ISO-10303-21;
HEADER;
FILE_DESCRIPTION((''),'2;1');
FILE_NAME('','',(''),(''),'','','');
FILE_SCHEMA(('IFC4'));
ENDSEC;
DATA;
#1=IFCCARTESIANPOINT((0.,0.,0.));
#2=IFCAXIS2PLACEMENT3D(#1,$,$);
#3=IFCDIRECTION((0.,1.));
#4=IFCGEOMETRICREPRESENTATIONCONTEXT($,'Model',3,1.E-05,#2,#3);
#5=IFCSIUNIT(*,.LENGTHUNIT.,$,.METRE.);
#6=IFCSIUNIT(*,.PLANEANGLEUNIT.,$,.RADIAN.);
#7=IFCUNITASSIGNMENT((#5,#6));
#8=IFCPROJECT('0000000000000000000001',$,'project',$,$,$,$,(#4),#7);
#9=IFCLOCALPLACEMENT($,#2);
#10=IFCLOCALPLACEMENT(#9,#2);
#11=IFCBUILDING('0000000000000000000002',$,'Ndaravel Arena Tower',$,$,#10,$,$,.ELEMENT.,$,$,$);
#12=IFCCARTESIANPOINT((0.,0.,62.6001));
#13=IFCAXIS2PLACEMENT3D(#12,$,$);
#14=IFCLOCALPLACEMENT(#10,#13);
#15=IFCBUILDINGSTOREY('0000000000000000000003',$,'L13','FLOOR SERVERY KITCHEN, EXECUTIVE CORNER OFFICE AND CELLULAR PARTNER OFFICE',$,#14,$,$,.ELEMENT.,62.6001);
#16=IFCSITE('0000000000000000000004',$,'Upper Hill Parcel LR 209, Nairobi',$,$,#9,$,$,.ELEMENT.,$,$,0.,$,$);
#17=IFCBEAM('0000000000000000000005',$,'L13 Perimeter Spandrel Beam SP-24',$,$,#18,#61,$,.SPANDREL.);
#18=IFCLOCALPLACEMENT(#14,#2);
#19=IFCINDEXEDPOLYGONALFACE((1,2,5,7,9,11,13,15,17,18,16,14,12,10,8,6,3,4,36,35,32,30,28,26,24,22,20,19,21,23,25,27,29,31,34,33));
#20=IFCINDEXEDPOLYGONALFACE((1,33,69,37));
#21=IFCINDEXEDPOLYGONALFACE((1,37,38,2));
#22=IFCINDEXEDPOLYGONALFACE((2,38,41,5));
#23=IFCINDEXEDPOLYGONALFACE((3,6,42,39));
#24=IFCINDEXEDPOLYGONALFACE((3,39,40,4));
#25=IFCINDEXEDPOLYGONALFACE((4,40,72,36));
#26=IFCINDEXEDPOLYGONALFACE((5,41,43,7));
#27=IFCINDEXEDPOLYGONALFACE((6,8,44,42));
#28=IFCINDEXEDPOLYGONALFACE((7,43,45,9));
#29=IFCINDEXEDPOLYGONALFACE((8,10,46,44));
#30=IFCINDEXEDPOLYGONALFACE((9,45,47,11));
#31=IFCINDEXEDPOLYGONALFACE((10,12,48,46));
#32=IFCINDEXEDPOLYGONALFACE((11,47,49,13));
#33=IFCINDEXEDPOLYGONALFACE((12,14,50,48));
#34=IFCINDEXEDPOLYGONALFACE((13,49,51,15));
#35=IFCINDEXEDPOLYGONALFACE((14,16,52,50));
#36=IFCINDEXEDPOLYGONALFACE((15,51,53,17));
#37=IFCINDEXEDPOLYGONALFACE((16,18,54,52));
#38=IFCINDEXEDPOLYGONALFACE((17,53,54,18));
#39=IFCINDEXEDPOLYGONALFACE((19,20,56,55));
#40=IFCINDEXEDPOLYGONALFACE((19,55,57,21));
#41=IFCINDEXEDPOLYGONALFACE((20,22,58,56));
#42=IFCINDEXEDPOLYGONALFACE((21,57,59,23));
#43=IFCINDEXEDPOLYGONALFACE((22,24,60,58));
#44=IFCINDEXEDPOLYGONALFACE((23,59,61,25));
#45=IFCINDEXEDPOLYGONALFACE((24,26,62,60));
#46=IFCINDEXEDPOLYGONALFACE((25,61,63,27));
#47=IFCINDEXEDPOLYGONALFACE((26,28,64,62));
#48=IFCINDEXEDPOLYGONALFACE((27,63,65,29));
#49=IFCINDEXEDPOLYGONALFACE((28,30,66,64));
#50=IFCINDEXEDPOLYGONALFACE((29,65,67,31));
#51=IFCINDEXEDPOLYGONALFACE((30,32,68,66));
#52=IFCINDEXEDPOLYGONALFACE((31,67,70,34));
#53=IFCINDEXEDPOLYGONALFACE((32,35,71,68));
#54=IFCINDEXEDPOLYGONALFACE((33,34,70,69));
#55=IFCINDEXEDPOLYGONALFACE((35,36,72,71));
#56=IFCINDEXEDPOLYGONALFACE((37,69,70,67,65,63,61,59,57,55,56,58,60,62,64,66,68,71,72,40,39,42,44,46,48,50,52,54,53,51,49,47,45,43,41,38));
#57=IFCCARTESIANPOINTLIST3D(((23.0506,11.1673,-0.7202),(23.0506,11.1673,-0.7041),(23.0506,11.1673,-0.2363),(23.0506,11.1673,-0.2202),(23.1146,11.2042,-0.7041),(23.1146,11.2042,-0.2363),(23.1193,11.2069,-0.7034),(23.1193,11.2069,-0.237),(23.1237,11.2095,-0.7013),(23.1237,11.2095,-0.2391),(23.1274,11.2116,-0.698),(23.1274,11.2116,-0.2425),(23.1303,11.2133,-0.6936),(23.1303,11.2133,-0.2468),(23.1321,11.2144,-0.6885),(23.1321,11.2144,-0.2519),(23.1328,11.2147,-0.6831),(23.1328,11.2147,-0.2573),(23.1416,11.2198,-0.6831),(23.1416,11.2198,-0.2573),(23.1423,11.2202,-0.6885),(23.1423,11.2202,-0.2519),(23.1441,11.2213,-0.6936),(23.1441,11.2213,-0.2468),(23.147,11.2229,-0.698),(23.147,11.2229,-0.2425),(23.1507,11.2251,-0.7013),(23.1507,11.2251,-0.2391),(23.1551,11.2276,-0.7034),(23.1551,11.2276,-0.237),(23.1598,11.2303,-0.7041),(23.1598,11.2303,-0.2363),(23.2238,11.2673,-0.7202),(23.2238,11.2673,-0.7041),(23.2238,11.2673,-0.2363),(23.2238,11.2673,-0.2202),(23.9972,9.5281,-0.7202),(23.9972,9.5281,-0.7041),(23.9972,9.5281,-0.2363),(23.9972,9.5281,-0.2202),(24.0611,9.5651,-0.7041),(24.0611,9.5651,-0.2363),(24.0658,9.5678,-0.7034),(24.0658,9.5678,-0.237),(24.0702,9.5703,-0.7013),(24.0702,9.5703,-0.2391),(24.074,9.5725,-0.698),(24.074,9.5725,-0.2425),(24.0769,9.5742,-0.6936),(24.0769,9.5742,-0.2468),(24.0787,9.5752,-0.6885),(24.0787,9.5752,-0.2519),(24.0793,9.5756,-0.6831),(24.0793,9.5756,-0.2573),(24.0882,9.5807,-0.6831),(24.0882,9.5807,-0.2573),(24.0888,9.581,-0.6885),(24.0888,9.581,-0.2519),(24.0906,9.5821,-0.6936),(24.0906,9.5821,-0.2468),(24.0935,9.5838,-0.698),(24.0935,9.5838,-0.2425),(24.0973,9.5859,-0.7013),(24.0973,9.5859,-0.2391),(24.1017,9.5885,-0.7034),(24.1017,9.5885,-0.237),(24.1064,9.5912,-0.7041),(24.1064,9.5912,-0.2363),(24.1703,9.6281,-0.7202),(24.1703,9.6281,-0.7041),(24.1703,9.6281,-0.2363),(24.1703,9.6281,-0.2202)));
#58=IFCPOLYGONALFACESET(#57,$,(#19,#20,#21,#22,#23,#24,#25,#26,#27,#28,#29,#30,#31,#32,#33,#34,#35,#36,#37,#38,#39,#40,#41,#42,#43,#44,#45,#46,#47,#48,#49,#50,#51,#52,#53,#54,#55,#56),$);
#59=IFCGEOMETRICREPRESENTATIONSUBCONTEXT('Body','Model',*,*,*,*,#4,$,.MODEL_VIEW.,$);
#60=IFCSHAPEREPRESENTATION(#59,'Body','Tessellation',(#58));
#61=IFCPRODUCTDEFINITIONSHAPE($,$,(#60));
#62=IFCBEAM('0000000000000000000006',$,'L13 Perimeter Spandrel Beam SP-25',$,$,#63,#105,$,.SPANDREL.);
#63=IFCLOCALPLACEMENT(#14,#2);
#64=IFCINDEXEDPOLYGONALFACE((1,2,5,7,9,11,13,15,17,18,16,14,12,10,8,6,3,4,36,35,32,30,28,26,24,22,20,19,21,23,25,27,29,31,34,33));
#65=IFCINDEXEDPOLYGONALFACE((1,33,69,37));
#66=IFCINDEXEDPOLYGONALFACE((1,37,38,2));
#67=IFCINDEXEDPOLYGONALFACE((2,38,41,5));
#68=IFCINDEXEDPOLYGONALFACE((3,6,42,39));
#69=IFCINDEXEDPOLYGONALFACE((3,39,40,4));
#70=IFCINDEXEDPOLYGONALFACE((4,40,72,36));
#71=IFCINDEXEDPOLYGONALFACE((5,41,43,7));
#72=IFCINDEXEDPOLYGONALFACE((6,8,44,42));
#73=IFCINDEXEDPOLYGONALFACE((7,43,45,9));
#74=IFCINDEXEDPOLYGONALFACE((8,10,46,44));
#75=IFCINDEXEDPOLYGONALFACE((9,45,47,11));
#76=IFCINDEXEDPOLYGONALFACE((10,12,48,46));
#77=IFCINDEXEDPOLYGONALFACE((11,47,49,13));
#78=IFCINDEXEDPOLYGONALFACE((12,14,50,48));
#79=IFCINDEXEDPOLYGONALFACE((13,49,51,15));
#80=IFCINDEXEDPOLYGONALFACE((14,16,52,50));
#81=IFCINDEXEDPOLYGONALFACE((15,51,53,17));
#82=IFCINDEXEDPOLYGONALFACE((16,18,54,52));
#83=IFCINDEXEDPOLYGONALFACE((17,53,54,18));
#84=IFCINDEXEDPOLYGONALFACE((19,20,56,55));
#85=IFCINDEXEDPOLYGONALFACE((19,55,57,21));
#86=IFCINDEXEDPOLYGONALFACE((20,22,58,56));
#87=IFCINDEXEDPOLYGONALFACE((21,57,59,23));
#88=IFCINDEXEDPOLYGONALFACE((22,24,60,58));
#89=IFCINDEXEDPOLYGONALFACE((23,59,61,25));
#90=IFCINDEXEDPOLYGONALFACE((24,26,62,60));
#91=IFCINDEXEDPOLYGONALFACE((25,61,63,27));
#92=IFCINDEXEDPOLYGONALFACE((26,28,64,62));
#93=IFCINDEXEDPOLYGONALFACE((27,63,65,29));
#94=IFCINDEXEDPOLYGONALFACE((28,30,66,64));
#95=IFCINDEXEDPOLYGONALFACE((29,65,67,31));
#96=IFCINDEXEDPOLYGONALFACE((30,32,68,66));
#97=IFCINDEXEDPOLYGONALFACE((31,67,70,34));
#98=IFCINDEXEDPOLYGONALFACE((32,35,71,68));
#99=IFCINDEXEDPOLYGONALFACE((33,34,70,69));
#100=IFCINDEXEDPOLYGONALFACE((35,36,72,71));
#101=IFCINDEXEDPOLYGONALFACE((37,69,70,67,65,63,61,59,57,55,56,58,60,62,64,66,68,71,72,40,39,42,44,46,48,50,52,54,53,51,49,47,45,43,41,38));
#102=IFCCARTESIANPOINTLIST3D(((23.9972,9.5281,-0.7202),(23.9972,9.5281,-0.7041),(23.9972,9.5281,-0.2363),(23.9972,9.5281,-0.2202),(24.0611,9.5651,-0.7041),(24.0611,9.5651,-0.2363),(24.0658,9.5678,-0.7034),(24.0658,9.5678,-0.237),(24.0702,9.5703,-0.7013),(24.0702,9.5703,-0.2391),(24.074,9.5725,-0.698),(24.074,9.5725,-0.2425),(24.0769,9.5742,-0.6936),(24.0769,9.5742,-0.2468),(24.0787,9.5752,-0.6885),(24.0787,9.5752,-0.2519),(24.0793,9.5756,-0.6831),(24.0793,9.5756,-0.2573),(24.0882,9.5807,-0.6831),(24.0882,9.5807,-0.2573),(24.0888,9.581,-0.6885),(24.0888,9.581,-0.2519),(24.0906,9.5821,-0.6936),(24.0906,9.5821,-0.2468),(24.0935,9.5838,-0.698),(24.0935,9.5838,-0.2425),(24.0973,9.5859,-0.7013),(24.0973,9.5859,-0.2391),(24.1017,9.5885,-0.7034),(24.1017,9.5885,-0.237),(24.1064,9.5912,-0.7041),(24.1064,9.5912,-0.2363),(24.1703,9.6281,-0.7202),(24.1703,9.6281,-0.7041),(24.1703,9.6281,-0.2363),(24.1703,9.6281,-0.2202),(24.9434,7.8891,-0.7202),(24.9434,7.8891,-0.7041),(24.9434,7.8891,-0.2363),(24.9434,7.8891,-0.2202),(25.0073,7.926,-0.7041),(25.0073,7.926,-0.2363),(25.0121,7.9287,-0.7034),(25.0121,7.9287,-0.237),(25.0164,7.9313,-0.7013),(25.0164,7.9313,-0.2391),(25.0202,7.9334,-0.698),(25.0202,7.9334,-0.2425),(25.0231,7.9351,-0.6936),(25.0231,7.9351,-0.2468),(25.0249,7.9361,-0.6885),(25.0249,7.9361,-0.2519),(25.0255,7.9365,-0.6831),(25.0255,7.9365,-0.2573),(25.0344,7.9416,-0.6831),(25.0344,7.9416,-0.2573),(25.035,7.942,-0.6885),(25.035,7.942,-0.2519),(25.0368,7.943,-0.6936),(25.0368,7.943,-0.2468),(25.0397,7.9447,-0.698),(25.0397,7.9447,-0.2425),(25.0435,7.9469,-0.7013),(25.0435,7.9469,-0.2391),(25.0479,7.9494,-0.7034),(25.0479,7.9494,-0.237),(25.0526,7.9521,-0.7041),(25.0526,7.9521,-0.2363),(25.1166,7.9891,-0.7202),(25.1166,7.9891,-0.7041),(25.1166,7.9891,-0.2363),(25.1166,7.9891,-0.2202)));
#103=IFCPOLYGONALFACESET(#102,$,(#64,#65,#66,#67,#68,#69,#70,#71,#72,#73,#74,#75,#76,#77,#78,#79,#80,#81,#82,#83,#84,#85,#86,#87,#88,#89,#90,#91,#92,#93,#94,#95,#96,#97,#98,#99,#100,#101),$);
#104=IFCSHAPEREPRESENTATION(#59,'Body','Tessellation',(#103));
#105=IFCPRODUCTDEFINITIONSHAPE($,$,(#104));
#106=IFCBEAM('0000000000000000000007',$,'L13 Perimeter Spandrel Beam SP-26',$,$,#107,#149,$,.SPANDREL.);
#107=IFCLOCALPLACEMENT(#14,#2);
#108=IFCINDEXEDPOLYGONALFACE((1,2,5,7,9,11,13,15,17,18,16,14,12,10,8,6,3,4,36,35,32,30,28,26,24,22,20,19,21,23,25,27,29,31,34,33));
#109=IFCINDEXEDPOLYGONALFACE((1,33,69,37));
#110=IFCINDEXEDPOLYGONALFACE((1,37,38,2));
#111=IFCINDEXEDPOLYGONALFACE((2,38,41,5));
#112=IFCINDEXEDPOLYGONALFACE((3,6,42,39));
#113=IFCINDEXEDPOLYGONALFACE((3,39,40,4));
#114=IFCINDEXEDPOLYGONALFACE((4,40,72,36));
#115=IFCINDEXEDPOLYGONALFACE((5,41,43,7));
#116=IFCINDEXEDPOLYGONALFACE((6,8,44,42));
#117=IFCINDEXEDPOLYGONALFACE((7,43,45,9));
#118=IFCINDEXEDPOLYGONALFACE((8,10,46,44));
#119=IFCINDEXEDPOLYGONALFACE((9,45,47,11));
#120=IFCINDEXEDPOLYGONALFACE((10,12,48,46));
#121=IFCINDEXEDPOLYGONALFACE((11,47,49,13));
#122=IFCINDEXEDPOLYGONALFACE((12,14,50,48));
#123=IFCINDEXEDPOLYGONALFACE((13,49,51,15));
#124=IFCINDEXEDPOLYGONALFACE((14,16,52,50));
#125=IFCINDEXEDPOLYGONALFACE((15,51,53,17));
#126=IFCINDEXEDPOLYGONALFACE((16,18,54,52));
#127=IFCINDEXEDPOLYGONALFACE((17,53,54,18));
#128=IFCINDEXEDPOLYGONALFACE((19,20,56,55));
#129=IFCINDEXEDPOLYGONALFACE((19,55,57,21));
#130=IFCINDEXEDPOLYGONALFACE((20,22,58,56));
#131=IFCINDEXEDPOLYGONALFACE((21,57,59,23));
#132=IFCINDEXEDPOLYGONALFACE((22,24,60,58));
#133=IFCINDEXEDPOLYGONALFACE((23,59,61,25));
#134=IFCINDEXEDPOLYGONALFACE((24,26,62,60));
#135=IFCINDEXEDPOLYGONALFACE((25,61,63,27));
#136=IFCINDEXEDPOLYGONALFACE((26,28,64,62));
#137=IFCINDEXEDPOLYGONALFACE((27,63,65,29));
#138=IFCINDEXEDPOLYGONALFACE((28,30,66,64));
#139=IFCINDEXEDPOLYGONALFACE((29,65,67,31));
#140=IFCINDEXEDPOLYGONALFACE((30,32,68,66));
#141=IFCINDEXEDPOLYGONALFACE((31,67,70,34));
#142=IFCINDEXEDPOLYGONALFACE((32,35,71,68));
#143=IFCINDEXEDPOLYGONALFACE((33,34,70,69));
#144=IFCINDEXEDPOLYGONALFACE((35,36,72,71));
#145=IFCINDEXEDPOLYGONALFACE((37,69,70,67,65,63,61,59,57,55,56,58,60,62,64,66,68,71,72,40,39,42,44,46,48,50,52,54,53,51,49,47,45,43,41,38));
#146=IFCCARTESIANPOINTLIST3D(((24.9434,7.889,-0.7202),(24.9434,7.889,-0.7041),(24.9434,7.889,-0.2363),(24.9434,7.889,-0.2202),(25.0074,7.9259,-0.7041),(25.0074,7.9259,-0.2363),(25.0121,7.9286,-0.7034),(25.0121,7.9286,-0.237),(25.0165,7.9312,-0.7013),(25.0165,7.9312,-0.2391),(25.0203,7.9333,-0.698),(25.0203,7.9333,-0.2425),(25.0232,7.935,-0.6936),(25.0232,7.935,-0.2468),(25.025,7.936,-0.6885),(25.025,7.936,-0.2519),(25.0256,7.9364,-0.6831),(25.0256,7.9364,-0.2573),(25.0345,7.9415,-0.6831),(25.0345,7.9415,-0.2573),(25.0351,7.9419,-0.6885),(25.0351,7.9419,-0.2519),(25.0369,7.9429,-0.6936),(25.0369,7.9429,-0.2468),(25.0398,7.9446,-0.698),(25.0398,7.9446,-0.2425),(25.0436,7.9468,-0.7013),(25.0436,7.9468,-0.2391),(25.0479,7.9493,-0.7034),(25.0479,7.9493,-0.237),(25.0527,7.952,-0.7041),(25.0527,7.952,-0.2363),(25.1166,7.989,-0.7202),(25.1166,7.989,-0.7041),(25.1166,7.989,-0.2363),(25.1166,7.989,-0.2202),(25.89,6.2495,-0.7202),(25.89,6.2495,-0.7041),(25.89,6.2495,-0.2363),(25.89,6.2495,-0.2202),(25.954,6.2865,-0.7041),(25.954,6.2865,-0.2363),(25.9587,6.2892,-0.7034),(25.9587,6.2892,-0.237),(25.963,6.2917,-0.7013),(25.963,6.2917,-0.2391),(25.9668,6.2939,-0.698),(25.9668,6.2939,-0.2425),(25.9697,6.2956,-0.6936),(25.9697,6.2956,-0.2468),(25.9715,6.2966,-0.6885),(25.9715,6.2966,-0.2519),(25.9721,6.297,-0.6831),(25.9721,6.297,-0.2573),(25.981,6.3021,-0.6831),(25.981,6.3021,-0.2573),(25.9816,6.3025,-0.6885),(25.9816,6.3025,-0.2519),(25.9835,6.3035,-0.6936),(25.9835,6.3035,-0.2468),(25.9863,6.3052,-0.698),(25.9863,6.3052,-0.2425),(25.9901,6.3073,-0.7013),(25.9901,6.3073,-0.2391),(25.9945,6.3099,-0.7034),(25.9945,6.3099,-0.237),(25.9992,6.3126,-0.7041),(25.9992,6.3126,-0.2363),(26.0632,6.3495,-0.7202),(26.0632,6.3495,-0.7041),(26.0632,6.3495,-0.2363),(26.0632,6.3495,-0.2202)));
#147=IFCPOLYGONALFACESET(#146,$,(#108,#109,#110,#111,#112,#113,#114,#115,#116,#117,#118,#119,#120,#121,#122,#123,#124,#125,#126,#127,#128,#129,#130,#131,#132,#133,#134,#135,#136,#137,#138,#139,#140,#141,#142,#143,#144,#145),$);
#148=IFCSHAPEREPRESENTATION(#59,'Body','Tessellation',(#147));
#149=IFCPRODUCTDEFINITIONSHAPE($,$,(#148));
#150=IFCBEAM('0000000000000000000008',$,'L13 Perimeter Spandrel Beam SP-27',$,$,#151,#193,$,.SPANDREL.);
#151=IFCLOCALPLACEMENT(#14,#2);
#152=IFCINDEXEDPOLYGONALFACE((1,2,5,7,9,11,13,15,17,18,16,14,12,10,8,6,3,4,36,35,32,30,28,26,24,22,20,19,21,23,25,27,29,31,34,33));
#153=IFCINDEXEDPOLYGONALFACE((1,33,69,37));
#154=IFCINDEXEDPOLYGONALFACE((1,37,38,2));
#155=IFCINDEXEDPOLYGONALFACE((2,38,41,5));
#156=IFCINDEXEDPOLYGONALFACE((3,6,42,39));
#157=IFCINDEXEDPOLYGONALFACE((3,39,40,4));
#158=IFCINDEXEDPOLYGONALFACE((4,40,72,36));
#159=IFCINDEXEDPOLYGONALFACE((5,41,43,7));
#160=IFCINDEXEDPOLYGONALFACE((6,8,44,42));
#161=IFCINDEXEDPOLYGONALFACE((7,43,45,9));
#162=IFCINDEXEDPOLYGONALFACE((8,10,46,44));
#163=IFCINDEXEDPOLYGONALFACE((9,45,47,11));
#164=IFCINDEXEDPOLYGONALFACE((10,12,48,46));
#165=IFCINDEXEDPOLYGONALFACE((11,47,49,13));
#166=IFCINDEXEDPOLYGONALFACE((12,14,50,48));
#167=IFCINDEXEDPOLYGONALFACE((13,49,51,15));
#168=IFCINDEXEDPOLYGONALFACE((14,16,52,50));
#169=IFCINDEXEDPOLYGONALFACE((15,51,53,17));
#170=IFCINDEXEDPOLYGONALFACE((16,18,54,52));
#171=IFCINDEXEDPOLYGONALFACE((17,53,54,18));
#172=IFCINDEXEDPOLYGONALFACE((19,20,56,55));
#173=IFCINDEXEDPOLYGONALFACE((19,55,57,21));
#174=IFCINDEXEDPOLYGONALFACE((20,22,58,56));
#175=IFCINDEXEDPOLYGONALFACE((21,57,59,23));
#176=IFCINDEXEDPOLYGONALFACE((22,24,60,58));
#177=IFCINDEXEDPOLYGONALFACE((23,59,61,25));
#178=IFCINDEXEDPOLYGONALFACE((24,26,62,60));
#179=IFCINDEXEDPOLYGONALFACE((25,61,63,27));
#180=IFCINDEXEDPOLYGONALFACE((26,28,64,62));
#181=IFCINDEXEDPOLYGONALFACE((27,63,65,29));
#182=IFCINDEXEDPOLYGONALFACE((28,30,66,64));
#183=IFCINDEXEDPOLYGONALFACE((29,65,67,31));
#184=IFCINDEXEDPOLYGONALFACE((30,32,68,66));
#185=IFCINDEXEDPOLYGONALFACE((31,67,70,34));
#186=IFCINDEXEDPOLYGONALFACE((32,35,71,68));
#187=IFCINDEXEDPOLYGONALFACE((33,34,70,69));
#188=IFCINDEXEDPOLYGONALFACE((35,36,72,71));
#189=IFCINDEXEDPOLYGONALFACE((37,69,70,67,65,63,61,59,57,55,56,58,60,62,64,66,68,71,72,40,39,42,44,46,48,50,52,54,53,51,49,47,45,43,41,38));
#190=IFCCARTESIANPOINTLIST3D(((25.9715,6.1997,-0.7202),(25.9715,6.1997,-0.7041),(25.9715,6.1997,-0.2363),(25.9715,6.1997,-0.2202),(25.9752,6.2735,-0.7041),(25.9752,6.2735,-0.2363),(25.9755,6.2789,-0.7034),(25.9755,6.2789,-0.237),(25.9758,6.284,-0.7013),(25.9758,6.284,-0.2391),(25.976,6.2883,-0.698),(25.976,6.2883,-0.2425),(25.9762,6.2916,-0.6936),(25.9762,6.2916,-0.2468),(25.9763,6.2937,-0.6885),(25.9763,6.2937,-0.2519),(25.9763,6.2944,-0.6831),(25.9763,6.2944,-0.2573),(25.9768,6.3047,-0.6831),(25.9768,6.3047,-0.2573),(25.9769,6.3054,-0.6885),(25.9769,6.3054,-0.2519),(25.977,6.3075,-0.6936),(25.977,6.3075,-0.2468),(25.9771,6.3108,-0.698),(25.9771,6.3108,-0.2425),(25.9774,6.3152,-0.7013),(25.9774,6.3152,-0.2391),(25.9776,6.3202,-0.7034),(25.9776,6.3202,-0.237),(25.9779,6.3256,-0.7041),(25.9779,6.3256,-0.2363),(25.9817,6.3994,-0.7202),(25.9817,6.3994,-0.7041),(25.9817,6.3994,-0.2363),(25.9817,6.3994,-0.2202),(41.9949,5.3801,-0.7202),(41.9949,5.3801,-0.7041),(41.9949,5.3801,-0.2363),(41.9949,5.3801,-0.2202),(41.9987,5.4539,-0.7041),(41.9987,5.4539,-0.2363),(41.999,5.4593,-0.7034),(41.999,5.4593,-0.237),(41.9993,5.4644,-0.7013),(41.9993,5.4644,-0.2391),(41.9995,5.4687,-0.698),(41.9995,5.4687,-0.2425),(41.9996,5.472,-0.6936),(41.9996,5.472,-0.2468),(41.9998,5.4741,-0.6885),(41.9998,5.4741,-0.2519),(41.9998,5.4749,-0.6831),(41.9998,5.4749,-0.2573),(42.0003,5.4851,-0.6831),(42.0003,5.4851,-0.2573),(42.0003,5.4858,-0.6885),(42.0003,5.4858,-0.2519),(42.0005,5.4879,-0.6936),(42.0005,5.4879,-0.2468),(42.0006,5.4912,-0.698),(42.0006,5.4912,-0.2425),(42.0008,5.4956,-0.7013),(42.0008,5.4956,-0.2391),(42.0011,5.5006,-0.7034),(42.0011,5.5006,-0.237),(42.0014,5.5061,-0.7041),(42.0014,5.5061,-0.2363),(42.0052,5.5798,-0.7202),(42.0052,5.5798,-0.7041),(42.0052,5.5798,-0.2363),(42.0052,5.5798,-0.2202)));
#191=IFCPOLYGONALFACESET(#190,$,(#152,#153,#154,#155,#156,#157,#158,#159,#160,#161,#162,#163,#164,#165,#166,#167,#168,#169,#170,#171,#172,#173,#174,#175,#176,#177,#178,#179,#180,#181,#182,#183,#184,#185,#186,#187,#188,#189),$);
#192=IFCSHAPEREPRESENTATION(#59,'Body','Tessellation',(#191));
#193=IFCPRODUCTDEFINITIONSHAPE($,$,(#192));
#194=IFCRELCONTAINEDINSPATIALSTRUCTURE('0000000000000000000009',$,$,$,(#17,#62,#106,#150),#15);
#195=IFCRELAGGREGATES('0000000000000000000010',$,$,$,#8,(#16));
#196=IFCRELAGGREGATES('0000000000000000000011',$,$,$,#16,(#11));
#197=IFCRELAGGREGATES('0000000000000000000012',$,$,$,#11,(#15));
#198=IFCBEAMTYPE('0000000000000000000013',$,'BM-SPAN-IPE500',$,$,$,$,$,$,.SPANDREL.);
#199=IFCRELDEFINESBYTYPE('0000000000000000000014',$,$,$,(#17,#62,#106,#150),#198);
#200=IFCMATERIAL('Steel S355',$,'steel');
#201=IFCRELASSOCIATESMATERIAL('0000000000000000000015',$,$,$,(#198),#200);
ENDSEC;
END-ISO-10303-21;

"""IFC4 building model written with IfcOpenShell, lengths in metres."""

from ifc_helpers import new_model, si_unit, direction, frame, origin, origin_2d, place, context, subcontext, project, spatial, i_section, extrude, material, material_profile, profile_set, type_object, element, save


model = new_model("IFC4")

# Units and contexts
model_context = context("Model", 3, precision=1e-05, world=origin(), true_north=direction((0.0, 1.0)))
body_context = subcontext(model_context, "Body", "Model", "MODEL_VIEW")
ifc_project = project(units=[si_unit("LENGTHUNIT", "METRE"), si_unit("PLANEANGLEUNIT", "RADIAN")], contexts=[model_context])

# Site, building, storey
site_placement = place(None, origin())
site = spatial("IfcSite", under=ifc_project, at=site_placement, Name="Upper Hill Parcel LR 209, Nairobi", CompositionType="ELEMENT", RefElevation=0.0)
building_placement = place(site_placement, origin())
building = spatial("IfcBuilding", under=site, at=building_placement, Name="Ndaravel Arena Tower", CompositionType="ELEMENT")
storey_placement = place(building_placement, frame((0.0, 0.0, 62.6001)))
storey = spatial("IfcBuildingStorey", under=building, at=storey_placement, Name="L13", Description="FLOOR SERVERY KITCHEN, EXECUTIVE CORNER OFFICE AND CELLULAR PARTNER OFFICE", CompositionType="ELEMENT", Elevation=62.6001)

# Beams
ifc_material_1 = material(Name="Steel S355", Category="steel")
ifc_material_profile_1 = material_profile(ifc_material_1, i_section(OverallWidth=0.2, OverallDepth=0.5, WebThickness=0.0103, FlangeThickness=0.0161, FilletRadius=0.021, at=origin_2d()), Name="IPE 500")
ifc_profile_set_1 = profile_set([ifc_material_profile_1], Name="Steel S355")
beam_type = type_object("IfcBeamType", Name="BM-SPAN-IPE500", PredefinedType="SPANDREL", material=ifc_profile_set_1)
for number, where, z_axis, x_axis, name in (
    (1, (23.1372, 11.2173, -0.4702), (0.500065, -0.865988, 0.0), (0.865988, 0.500065, 0.0), "L13 Perimeter Spandrel Beam SP-24"),
):
    element("IfcBeam", number, at=place(storey_placement, frame(where, z_axis=z_axis, x_axis=x_axis)), inside=storey, type_object=beam_type, Name=name, PredefinedType="SPANDREL", context=body_context, shape_type="SweptSolid", body=[
        extrude(i_section(OverallWidth=0.2, OverallDepth=0.5, WebThickness=0.0103, FlangeThickness=0.0161, FilletRadius=0.021, at=origin_2d()), origin(), (0.0, 0.0, 1.0), 1.8928),
    ])
beam_1_placement = place(storey_placement, frame((24.0837, 9.5781, -0.4702), z_axis=(0.499968, -0.866044, 0.0), x_axis=(0.866044, 0.499968, 0.0)))
element("IfcBeam", 2, at=beam_1_placement, inside=storey, type_object=beam_type, Name="L13 Perimeter Spandrel Beam SP-25", PredefinedType="SPANDREL", context=body_context, shape_type="SweptSolid", body=[
    extrude(i_section(OverallWidth=0.2, OverallDepth=0.5, WebThickness=0.0103, FlangeThickness=0.0161, FilletRadius=0.021, at=origin_2d()), origin(), (0.0, 0.0, 1.0), 1.8926),
])
beam_2_placement = place(storey_placement, frame((25.03, 7.939, -0.4702), z_axis=(0.500009, -0.86602, 0.0), x_axis=(0.86602, 0.500009, 0.0)))
element("IfcBeam", 3, at=beam_2_placement, inside=storey, type_object=beam_type, Name="L13 Perimeter Spandrel Beam SP-26", PredefinedType="SPANDREL", context=body_context, shape_type="SweptSolid", body=[
    extrude(i_section(OverallWidth=0.2, OverallDepth=0.5, WebThickness=0.0103, FlangeThickness=0.0161, FilletRadius=0.021, at=origin_2d()), origin(), (0.0, 0.0, 1.0), 1.8931),
])
beam_3_placement = place(storey_placement, frame((25.9766, 6.2996, -0.4702), z_axis=(0.998694, -0.051082, 0.0), x_axis=(0.051082, 0.998694, 0.0)))
element("IfcBeam", 4, at=beam_3_placement, inside=storey, type_object=beam_type, Name="L13 Perimeter Spandrel Beam SP-27", PredefinedType="SPANDREL", context=body_context, shape_type="SweptSolid", body=[
    extrude(i_section(OverallWidth=0.2, OverallDepth=0.5, WebThickness=0.0103, FlangeThickness=0.0161, FilletRadius=0.021, at=origin_2d()), origin(), (0.0, 0.0, 1.0), 16.0444),
])

save(model, "model.ifc")
